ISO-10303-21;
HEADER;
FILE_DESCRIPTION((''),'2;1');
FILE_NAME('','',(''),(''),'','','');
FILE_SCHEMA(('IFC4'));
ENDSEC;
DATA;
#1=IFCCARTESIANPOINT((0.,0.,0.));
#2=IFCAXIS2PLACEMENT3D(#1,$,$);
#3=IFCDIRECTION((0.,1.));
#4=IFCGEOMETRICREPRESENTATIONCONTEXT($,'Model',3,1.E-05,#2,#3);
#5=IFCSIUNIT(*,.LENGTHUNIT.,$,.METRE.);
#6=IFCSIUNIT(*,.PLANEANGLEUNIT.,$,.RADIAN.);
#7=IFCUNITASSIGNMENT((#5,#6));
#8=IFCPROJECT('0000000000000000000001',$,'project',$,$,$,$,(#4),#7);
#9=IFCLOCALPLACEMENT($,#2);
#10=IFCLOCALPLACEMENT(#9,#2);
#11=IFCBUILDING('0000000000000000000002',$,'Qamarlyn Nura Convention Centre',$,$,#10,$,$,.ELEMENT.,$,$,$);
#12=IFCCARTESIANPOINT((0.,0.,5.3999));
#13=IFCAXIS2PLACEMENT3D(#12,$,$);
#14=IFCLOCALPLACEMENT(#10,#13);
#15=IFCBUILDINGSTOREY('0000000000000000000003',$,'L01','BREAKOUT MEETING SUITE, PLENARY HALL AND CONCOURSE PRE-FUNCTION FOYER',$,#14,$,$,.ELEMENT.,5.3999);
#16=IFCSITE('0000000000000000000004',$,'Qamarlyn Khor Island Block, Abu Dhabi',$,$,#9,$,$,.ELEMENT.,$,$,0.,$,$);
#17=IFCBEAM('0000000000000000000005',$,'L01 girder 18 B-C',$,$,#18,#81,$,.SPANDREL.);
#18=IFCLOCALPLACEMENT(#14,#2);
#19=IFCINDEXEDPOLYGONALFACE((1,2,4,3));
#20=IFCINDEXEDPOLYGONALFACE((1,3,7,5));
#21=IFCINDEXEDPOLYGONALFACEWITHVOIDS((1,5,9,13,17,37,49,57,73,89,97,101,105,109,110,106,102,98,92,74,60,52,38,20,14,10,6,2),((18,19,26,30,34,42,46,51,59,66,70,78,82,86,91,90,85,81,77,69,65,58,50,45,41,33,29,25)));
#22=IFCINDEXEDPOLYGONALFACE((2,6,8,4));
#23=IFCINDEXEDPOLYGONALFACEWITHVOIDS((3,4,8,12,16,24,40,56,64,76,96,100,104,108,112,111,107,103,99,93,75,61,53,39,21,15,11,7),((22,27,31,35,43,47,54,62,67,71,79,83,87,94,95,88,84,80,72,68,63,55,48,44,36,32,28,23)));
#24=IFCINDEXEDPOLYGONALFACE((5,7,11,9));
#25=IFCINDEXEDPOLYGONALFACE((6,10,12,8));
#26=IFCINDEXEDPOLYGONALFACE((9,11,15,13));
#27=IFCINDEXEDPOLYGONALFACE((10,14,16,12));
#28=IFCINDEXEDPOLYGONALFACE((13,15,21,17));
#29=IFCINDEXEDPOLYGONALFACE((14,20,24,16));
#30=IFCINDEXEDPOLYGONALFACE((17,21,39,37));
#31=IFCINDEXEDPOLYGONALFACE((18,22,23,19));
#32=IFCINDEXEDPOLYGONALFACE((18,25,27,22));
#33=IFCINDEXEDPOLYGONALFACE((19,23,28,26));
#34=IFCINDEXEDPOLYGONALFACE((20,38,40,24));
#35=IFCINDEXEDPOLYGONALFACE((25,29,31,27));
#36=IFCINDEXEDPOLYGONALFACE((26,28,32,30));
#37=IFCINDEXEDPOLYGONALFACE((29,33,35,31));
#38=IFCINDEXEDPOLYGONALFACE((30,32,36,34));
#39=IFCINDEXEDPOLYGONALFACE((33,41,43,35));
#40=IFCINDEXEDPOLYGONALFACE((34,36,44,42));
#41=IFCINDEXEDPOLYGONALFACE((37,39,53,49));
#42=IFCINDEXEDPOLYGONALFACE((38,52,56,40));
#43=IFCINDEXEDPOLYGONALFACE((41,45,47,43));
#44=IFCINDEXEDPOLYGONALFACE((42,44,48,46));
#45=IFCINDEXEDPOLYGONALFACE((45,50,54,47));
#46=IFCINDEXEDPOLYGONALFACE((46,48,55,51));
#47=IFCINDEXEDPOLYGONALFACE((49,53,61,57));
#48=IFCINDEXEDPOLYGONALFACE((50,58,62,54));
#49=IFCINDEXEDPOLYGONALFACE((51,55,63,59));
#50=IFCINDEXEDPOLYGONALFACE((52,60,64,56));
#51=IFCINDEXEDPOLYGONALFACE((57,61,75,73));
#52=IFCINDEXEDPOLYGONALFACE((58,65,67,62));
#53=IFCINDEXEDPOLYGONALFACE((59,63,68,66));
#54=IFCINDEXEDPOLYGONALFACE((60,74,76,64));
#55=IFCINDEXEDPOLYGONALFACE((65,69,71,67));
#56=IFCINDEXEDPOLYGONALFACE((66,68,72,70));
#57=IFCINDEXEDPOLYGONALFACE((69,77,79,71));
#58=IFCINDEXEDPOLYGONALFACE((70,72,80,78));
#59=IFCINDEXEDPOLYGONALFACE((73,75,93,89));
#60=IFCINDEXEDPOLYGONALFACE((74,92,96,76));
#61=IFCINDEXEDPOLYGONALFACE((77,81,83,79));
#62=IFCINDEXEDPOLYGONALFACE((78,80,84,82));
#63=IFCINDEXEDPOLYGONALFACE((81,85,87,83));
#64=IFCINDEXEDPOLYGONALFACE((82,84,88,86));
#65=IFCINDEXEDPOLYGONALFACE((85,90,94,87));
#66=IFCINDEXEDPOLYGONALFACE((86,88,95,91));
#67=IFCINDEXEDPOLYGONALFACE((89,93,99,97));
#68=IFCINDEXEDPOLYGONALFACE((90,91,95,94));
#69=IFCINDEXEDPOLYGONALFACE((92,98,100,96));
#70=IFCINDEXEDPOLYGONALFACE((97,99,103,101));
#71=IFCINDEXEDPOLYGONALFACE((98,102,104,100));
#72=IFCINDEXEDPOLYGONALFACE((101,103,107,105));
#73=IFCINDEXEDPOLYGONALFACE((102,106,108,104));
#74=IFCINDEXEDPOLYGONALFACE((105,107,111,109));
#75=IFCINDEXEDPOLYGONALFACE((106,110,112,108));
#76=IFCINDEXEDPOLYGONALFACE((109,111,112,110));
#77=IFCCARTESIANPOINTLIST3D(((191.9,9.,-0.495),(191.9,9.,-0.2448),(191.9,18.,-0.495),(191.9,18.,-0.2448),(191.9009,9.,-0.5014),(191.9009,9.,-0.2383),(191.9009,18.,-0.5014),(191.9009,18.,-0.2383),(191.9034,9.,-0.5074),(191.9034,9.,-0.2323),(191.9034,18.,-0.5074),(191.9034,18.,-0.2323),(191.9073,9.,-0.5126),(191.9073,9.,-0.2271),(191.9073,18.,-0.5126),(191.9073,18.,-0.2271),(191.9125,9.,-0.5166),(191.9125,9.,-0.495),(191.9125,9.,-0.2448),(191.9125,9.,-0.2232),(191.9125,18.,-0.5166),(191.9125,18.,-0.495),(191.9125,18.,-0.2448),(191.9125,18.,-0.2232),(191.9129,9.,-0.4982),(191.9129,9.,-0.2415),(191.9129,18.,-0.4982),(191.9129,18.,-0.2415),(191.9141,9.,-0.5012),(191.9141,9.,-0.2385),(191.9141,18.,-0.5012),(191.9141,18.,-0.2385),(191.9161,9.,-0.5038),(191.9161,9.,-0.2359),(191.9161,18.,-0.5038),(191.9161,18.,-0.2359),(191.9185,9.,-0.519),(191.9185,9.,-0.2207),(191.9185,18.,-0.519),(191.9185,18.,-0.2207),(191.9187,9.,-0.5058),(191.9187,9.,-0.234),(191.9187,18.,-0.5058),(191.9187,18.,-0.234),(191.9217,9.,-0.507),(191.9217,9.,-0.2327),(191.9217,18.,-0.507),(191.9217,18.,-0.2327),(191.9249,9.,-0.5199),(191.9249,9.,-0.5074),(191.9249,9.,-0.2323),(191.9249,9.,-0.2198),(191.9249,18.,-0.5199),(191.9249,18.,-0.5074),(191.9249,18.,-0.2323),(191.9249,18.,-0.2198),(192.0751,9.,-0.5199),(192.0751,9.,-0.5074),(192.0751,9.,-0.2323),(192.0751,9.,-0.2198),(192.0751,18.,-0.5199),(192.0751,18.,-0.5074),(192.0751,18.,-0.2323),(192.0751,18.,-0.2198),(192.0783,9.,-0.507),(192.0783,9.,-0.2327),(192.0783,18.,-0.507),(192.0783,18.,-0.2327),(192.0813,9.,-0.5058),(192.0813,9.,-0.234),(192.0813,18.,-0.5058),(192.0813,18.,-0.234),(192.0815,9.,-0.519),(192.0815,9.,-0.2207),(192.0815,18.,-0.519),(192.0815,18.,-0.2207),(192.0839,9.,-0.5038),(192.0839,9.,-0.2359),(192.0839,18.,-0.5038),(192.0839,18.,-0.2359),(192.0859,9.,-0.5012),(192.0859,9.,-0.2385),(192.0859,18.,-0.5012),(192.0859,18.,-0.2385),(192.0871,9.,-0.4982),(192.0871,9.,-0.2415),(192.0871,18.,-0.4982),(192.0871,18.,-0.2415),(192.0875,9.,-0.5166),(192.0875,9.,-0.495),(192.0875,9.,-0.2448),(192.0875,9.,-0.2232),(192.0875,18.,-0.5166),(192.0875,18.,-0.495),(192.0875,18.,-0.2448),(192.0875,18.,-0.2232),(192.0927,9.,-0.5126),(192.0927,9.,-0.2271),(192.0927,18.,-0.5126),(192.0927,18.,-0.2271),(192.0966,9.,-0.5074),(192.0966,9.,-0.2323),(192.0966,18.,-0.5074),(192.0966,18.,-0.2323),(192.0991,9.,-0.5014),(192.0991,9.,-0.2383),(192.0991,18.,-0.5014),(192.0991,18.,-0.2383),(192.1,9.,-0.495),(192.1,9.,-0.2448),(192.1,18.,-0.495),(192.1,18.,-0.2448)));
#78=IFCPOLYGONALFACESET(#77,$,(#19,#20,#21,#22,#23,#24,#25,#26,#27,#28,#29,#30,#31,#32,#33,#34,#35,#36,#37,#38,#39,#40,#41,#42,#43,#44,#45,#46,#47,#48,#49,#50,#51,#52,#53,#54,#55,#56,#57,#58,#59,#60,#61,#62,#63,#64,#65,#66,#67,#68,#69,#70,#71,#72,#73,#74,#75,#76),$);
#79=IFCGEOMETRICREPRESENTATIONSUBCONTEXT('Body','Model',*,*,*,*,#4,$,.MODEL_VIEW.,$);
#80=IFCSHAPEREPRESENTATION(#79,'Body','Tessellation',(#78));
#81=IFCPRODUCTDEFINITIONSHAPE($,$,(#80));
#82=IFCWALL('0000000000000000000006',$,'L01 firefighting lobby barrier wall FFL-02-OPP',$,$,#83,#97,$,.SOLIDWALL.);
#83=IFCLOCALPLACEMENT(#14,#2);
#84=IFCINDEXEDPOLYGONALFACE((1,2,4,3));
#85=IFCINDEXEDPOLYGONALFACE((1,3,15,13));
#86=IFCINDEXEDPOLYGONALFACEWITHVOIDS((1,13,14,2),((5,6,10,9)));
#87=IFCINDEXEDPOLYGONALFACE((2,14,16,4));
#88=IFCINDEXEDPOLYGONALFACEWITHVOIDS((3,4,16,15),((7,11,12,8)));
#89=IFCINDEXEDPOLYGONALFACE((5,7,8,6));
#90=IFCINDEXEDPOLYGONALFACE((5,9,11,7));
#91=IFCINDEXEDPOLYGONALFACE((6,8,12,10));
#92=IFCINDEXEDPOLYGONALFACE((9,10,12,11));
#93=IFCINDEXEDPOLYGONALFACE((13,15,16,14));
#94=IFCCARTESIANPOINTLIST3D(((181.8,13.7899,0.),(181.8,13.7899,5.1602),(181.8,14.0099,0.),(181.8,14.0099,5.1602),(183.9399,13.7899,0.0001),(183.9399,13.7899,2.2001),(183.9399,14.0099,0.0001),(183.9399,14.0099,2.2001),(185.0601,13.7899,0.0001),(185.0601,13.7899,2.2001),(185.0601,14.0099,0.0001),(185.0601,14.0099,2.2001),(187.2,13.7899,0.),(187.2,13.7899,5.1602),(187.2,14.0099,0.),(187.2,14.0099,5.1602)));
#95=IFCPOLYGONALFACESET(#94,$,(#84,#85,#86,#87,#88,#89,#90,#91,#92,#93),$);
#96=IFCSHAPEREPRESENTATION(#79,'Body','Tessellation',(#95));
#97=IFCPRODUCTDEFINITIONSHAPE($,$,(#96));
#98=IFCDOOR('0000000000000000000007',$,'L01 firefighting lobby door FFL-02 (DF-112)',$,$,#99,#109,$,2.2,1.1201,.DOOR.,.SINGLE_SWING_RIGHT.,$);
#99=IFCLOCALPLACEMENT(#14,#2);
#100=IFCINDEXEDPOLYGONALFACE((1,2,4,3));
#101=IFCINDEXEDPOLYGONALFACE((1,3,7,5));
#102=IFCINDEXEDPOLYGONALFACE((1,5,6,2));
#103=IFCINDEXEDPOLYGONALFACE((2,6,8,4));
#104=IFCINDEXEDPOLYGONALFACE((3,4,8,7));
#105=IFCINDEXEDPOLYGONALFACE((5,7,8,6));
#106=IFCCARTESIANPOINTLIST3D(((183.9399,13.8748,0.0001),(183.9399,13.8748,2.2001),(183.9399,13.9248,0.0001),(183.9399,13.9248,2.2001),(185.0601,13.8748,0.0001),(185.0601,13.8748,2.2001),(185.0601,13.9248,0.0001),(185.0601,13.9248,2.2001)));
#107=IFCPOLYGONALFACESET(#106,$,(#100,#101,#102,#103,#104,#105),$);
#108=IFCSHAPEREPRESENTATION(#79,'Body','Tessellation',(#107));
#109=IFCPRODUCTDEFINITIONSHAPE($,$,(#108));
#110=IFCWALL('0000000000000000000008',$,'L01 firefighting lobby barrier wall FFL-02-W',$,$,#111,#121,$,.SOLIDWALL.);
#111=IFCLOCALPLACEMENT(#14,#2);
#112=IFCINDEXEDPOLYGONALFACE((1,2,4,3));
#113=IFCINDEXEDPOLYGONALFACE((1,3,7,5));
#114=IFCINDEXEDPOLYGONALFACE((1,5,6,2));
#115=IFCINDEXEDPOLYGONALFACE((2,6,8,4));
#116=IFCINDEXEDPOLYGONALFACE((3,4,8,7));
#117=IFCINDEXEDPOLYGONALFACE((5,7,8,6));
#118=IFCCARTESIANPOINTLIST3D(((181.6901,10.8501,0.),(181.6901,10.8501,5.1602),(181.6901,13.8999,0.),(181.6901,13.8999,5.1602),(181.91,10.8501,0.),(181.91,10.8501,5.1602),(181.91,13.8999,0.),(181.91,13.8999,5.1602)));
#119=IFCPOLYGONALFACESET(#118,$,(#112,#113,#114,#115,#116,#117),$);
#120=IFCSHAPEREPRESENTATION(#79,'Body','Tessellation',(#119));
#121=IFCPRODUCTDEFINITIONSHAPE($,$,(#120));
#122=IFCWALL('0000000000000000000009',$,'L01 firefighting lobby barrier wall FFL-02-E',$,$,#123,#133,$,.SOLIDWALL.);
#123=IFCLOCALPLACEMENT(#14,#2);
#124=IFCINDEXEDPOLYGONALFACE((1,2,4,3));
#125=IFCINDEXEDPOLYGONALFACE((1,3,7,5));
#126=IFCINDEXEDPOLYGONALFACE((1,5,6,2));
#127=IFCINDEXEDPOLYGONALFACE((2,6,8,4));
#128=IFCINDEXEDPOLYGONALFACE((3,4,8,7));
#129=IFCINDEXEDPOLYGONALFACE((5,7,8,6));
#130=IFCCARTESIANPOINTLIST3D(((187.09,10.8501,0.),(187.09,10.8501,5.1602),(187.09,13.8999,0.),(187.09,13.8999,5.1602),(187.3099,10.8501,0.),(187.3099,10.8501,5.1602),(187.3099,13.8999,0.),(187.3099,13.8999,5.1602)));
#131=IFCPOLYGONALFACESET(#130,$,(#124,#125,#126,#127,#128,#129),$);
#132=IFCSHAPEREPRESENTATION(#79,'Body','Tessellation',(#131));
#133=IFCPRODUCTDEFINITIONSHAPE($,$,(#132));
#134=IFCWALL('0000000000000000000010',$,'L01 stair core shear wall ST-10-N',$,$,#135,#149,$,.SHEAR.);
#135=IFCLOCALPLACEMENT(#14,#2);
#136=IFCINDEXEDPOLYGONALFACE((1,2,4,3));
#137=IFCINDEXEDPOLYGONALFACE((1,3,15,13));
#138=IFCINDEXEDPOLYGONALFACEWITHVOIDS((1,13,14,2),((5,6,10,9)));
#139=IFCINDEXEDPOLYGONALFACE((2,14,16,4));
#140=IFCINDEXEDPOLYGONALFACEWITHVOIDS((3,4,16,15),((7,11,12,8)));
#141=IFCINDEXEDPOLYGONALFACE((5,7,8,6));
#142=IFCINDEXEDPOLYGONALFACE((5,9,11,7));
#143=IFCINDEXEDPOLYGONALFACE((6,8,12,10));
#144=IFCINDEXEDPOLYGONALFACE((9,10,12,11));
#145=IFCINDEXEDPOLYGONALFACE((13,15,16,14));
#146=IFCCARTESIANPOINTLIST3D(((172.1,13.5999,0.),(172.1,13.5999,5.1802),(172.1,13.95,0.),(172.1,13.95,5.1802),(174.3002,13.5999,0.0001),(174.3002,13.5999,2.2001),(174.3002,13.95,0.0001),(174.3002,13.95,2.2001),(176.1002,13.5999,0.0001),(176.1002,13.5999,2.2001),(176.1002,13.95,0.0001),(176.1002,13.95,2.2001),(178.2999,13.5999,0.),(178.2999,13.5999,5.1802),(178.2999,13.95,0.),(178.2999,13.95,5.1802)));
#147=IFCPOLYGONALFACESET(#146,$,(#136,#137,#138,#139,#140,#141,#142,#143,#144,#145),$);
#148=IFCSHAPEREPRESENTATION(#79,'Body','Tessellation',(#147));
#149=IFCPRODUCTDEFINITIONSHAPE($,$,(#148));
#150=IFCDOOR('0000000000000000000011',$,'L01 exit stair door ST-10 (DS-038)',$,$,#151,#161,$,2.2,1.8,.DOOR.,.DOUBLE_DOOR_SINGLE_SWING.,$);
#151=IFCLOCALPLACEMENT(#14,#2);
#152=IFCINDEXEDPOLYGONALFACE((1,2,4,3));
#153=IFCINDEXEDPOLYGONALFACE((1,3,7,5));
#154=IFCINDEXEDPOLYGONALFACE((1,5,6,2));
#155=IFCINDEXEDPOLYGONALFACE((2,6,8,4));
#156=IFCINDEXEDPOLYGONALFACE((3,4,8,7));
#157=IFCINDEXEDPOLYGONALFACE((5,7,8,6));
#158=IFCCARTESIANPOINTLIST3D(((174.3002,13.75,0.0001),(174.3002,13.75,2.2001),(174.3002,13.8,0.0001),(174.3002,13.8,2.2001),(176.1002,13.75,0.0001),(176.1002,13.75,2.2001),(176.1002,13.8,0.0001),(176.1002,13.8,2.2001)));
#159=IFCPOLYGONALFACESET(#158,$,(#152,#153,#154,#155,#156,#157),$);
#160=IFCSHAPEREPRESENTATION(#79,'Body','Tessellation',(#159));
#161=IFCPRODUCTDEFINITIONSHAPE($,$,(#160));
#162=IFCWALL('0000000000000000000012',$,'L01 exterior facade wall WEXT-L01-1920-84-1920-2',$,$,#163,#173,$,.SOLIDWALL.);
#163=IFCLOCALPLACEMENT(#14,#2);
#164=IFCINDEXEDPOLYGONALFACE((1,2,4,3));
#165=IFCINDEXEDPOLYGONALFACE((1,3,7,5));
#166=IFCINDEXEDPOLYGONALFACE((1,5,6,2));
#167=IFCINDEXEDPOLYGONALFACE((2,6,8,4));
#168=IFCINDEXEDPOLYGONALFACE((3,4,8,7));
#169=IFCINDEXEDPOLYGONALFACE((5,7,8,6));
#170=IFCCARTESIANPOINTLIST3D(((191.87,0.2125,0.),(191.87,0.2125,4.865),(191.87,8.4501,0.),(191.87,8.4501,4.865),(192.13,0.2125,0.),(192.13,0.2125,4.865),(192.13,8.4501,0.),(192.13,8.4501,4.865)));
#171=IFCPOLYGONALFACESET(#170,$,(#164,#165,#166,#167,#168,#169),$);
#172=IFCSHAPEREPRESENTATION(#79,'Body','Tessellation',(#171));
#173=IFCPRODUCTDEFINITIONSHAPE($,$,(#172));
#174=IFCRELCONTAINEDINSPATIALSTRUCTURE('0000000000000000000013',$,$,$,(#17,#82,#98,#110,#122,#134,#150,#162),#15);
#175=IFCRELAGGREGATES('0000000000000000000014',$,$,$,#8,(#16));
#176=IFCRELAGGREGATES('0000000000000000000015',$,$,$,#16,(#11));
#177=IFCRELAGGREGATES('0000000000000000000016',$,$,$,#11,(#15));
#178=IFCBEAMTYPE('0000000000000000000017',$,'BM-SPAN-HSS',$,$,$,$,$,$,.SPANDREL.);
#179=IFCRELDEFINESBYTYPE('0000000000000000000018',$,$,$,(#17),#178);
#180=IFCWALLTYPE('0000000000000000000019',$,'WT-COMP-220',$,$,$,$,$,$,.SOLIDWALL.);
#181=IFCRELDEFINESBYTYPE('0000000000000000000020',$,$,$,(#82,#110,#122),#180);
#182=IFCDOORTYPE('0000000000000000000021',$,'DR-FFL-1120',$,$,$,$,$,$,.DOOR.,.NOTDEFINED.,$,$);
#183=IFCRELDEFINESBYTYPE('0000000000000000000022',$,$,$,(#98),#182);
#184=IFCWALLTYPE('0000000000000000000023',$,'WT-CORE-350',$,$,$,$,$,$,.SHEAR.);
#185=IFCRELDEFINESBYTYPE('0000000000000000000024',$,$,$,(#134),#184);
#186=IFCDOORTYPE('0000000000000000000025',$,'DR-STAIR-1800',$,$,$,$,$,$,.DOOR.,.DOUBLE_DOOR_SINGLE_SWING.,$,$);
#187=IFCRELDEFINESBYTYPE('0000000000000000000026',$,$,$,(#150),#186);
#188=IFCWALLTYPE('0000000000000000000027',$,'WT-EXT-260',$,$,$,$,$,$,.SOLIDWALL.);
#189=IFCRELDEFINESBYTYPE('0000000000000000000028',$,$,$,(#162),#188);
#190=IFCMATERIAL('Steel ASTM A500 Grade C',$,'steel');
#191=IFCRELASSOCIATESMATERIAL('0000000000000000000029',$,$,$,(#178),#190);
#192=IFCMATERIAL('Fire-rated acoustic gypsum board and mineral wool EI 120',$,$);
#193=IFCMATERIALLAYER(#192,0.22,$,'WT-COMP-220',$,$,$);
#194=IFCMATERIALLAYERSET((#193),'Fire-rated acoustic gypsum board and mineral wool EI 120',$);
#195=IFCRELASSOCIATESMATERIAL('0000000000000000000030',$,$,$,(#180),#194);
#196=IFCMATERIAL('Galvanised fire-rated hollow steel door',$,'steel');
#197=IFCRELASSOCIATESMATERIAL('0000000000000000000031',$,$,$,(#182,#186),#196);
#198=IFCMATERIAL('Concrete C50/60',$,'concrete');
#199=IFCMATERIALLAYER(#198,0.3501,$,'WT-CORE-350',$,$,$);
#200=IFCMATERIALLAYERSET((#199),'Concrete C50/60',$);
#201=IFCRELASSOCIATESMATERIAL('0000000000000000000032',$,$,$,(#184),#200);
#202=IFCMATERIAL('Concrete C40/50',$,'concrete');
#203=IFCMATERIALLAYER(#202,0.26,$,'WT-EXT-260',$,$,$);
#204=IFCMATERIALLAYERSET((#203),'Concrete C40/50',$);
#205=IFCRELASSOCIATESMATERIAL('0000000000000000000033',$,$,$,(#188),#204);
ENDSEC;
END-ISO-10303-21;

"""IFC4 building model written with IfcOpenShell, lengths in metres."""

from ifc_helpers import new_model, si_unit, direction, frame, frame_2d, origin, origin_2d, place, context, subcontext, project, spatial, rectangle, hollow_rectangle, extrude, material, layer, layer_set, material_profile, profile_set, type_object, element, fill, save


model = new_model("IFC4")

# Units and contexts
model_context = context("Model", 3, precision=1e-05, world=origin(), true_north=direction((0.0, 1.0)))
body_context = subcontext(model_context, "Body", "Model", "MODEL_VIEW")
ifc_project = project(units=[si_unit("LENGTHUNIT", "METRE"), si_unit("PLANEANGLEUNIT", "RADIAN")], contexts=[model_context])

# Site, building, storey
site_placement = place(None, origin())
site = spatial("IfcSite", under=ifc_project, at=site_placement, Name="Qamarlyn Khor Island Block, Abu Dhabi", CompositionType="ELEMENT", RefElevation=0.0)
building_placement = place(site_placement, origin())
building = spatial("IfcBuilding", under=site, at=building_placement, Name="Qamarlyn Nura Convention Centre", CompositionType="ELEMENT")
storey_placement = place(building_placement, frame((0.0, 0.0, 5.3999)))
storey = spatial("IfcBuildingStorey", under=building, at=storey_placement, Name="L01", Description="BREAKOUT MEETING SUITE, PLENARY HALL AND CONCOURSE PRE-FUNCTION FOYER", CompositionType="ELEMENT", Elevation=5.3999)

# Shared definitions
ifc_material_1 = material(Name="Concrete C50/60", Category="concrete")

# Beam
ifc_material_2 = material(Name="Steel ASTM A500 Grade C", Category="steel")
ifc_material_profile_1 = material_profile(ifc_material_2, hollow_rectangle(XDim=0.2, YDim=0.3, WallThickness=0.0125, InnerFilletRadius=0.0125, OuterFilletRadius=0.0249, at=origin_2d()), Name="HSS300X200X12.5")
ifc_profile_set_1 = profile_set([ifc_material_profile_1], Name="Steel ASTM A500 Grade C")
beam_type_1 = type_object("IfcBeamType", Name="BM-SPAN-HSS", PredefinedType="SPANDREL", material=ifc_profile_set_1)
beam_1_placement = place(storey_placement, frame((192.0, 9.0, -0.3699), z_axis=(0.0, 1.0, 0.0), x_axis=(-1.0, 0.0, 0.0)))
element("IfcBeam", 1, at=beam_1_placement, inside=storey, type_object=beam_type_1, Name="L01 girder 18 B-C", PredefinedType="SPANDREL", context=body_context, shape_type="SweptSolid", body=[
    extrude(hollow_rectangle(XDim=0.2, YDim=0.3, WallThickness=0.0125, InnerFilletRadius=0.0125, OuterFilletRadius=0.0249, at=origin_2d()), origin(), (0.0, 0.0, 1.0), 9.0),
])

# Wall, opening, door
ifc_material_3 = material(Name="Fire-rated acoustic gypsum board and mineral wool EI 120")
ifc_layer_1 = layer(ifc_material_3, 0.22, Name="WT-COMP-220")
ifc_layer_set_1 = layer_set([ifc_layer_1], Name="Fire-rated acoustic gypsum board and mineral wool EI 120")
wall_type_1 = type_object("IfcWallType", Name="WT-COMP-220", PredefinedType="SOLIDWALL", material=ifc_layer_set_1)
wall_1_placement = place(storey_placement, frame((181.8, 13.8999, 0.0), z_axis=(0.0, 0.0, 1.0), x_axis=(1.0, 0.0, 0.0)))
wall_1 = element("IfcWall", 2, at=wall_1_placement, inside=storey, type_object=wall_type_1, Name="L01 firefighting lobby barrier wall FFL-02-OPP", PredefinedType="SOLIDWALL", context=body_context, shape_type="SweptSolid", body=[
    extrude(rectangle(XDim=5.3999, YDim=0.22, at=frame_2d((2.7, 0.0))), origin(), (0.0, 0.0, 1.0), 5.1602),
])
opening_1_placement = place(wall_1_placement, frame((2.1399, 0.0, 0.0)))
opening_1 = element("IfcOpeningElement", 3, at=opening_1_placement, cuts=wall_1, PredefinedType="OPENING", context=body_context, shape_type="SweptSolid", body=[
    extrude(rectangle(XDim=1.1201, YDim=2.2, at=frame_2d((0.5601, 1.1001))), frame((0.0, 0.1201, 0.0), z_axis=(0.0, -1.0, 0.0), x_axis=(1.0, 0.0, 0.0)), (0.0, 0.0, 1.0), 0.24),
])
ifc_material_4 = material(Name="Galvanised fire-rated hollow steel door", Category="steel")
door_type_1 = type_object("IfcDoorType", Name="DR-FFL-1120", OperationType="NOTDEFINED", PredefinedType="DOOR", material=ifc_material_4)
door_1_placement = place(opening_1_placement, origin())
door_1 = element("IfcDoor", 4, at=door_1_placement, inside=storey, type_object=door_type_1, Name="L01 firefighting lobby door FFL-02 (DF-112)", OperationType="SINGLE_SWING_RIGHT", OverallHeight=2.2, OverallWidth=1.1201, PredefinedType="DOOR", context=body_context, shape_type="SweptSolid", body=[
    extrude(rectangle(XDim=1.1201, YDim=2.2, at=frame_2d((0.5601, 1.1001))), frame((0.0, 0.0249, 0.0), z_axis=(0.0, -1.0, 0.0), x_axis=(1.0, 0.0, 0.0)), (0.0, 0.0, 1.0), 0.05),
])
fill(opening_1, door_1)

# Walls
for number, where, z_axis, x_axis, name in (
    (5, (181.8, 10.8501, 0.0), (0.0, 0.0, 1.0), (0.0, 1.0, 0.0), "L01 firefighting lobby barrier wall FFL-02-W"),
    (6, (187.2, 10.8501, 0.0), (0.0, 0.0, 1.0), (0.0, 1.0, 0.0), "L01 firefighting lobby barrier wall FFL-02-E"),
):
    element("IfcWall", number, at=place(storey_placement, frame(where, z_axis=z_axis, x_axis=x_axis)), inside=storey, type_object=wall_type_1, Name=name, PredefinedType="SOLIDWALL", context=body_context, shape_type="SweptSolid", body=[
        extrude(rectangle(XDim=3.0498, YDim=0.22, at=frame_2d((1.5249, 0.0))), origin(), (0.0, 0.0, 1.0), 5.1602),
    ])

# Wall, opening, door
ifc_layer_2 = layer(ifc_material_1, 0.3501, Name="WT-CORE-350")
ifc_layer_set_2 = layer_set([ifc_layer_2], Name="Concrete C50/60")
wall_type_2 = type_object("IfcWallType", Name="WT-CORE-350", PredefinedType="SHEAR", material=ifc_layer_set_2)
wall_2_placement = place(storey_placement, frame((178.3, 13.7749, 0.0), z_axis=(0.0, 0.0, 1.0), x_axis=(-1.0, 0.0, 0.0)))
wall_2 = element("IfcWall", 7, at=wall_2_placement, inside=storey, type_object=wall_type_2, Name="L01 stair core shear wall ST-10-N", PredefinedType="SHEAR", context=body_context, shape_type="SweptSolid", body=[
    extrude(rectangle(XDim=6.2, YDim=0.3501, at=frame_2d((3.1001, 0.0))), origin(), (0.0, 0.0, 1.0), 5.1802),
])
opening_2_placement = place(wall_2_placement, frame((2.2, 0.0, 0.0)))
opening_2 = element("IfcOpeningElement", 8, at=opening_2_placement, cuts=wall_2, PredefinedType="OPENING", context=body_context, shape_type="SweptSolid", body=[
    extrude(rectangle(XDim=1.8, YDim=2.2, at=frame_2d((0.8999, 1.1001))), frame((0.0, 0.1851, 0.0), z_axis=(0.0, -1.0, 0.0), x_axis=(1.0, 0.0, 0.0)), (0.0, 0.0, 1.0), 0.3701),
])
door_type_2 = type_object("IfcDoorType", Name="DR-STAIR-1800", OperationType="DOUBLE_DOOR_SINGLE_SWING", PredefinedType="DOOR", material=ifc_material_4)
door_2_placement = place(opening_2_placement, origin())
door_2 = element("IfcDoor", 9, at=door_2_placement, inside=storey, type_object=door_type_2, Name="L01 exit stair door ST-10 (DS-038)", OperationType="DOUBLE_DOOR_SINGLE_SWING", OverallHeight=2.2, OverallWidth=1.8, PredefinedType="DOOR", context=body_context, shape_type="SweptSolid", body=[
    extrude(rectangle(XDim=1.8, YDim=2.2, at=frame_2d((0.8999, 1.1001))), frame((0.0, 0.0249, 0.0), z_axis=(0.0, -1.0, 0.0), x_axis=(1.0, 0.0, 0.0)), (0.0, 0.0, 1.0), 0.05),
])
fill(opening_2, door_2)

# Wall
ifc_material_5 = material(Name="Concrete C40/50", Category="concrete")
ifc_layer_3 = layer(ifc_material_5, 0.26, Name="WT-EXT-260")
ifc_layer_set_3 = layer_set([ifc_layer_3], Name="Concrete C40/50")
wall_type_3 = type_object("IfcWallType", Name="WT-EXT-260", PredefinedType="SOLIDWALL", material=ifc_layer_set_3)
wall_3_placement = place(storey_placement, frame((192.0, 8.45, 0.0), z_axis=(0.0, 0.0, 1.0), x_axis=(0.0, -1.0, 0.0)))
element("IfcWall", 10, at=wall_3_placement, inside=storey, type_object=wall_type_3, Name="L01 exterior facade wall WEXT-L01-1920-84-1920-2", PredefinedType="SOLIDWALL", context=body_context, shape_type="SweptSolid", body=[
    extrude(rectangle(XDim=8.2375, YDim=0.26, at=frame_2d((4.1187, 0.0))), origin(), (0.0, 0.0, 1.0), 4.865),
])

save(model, "model.ifc")
